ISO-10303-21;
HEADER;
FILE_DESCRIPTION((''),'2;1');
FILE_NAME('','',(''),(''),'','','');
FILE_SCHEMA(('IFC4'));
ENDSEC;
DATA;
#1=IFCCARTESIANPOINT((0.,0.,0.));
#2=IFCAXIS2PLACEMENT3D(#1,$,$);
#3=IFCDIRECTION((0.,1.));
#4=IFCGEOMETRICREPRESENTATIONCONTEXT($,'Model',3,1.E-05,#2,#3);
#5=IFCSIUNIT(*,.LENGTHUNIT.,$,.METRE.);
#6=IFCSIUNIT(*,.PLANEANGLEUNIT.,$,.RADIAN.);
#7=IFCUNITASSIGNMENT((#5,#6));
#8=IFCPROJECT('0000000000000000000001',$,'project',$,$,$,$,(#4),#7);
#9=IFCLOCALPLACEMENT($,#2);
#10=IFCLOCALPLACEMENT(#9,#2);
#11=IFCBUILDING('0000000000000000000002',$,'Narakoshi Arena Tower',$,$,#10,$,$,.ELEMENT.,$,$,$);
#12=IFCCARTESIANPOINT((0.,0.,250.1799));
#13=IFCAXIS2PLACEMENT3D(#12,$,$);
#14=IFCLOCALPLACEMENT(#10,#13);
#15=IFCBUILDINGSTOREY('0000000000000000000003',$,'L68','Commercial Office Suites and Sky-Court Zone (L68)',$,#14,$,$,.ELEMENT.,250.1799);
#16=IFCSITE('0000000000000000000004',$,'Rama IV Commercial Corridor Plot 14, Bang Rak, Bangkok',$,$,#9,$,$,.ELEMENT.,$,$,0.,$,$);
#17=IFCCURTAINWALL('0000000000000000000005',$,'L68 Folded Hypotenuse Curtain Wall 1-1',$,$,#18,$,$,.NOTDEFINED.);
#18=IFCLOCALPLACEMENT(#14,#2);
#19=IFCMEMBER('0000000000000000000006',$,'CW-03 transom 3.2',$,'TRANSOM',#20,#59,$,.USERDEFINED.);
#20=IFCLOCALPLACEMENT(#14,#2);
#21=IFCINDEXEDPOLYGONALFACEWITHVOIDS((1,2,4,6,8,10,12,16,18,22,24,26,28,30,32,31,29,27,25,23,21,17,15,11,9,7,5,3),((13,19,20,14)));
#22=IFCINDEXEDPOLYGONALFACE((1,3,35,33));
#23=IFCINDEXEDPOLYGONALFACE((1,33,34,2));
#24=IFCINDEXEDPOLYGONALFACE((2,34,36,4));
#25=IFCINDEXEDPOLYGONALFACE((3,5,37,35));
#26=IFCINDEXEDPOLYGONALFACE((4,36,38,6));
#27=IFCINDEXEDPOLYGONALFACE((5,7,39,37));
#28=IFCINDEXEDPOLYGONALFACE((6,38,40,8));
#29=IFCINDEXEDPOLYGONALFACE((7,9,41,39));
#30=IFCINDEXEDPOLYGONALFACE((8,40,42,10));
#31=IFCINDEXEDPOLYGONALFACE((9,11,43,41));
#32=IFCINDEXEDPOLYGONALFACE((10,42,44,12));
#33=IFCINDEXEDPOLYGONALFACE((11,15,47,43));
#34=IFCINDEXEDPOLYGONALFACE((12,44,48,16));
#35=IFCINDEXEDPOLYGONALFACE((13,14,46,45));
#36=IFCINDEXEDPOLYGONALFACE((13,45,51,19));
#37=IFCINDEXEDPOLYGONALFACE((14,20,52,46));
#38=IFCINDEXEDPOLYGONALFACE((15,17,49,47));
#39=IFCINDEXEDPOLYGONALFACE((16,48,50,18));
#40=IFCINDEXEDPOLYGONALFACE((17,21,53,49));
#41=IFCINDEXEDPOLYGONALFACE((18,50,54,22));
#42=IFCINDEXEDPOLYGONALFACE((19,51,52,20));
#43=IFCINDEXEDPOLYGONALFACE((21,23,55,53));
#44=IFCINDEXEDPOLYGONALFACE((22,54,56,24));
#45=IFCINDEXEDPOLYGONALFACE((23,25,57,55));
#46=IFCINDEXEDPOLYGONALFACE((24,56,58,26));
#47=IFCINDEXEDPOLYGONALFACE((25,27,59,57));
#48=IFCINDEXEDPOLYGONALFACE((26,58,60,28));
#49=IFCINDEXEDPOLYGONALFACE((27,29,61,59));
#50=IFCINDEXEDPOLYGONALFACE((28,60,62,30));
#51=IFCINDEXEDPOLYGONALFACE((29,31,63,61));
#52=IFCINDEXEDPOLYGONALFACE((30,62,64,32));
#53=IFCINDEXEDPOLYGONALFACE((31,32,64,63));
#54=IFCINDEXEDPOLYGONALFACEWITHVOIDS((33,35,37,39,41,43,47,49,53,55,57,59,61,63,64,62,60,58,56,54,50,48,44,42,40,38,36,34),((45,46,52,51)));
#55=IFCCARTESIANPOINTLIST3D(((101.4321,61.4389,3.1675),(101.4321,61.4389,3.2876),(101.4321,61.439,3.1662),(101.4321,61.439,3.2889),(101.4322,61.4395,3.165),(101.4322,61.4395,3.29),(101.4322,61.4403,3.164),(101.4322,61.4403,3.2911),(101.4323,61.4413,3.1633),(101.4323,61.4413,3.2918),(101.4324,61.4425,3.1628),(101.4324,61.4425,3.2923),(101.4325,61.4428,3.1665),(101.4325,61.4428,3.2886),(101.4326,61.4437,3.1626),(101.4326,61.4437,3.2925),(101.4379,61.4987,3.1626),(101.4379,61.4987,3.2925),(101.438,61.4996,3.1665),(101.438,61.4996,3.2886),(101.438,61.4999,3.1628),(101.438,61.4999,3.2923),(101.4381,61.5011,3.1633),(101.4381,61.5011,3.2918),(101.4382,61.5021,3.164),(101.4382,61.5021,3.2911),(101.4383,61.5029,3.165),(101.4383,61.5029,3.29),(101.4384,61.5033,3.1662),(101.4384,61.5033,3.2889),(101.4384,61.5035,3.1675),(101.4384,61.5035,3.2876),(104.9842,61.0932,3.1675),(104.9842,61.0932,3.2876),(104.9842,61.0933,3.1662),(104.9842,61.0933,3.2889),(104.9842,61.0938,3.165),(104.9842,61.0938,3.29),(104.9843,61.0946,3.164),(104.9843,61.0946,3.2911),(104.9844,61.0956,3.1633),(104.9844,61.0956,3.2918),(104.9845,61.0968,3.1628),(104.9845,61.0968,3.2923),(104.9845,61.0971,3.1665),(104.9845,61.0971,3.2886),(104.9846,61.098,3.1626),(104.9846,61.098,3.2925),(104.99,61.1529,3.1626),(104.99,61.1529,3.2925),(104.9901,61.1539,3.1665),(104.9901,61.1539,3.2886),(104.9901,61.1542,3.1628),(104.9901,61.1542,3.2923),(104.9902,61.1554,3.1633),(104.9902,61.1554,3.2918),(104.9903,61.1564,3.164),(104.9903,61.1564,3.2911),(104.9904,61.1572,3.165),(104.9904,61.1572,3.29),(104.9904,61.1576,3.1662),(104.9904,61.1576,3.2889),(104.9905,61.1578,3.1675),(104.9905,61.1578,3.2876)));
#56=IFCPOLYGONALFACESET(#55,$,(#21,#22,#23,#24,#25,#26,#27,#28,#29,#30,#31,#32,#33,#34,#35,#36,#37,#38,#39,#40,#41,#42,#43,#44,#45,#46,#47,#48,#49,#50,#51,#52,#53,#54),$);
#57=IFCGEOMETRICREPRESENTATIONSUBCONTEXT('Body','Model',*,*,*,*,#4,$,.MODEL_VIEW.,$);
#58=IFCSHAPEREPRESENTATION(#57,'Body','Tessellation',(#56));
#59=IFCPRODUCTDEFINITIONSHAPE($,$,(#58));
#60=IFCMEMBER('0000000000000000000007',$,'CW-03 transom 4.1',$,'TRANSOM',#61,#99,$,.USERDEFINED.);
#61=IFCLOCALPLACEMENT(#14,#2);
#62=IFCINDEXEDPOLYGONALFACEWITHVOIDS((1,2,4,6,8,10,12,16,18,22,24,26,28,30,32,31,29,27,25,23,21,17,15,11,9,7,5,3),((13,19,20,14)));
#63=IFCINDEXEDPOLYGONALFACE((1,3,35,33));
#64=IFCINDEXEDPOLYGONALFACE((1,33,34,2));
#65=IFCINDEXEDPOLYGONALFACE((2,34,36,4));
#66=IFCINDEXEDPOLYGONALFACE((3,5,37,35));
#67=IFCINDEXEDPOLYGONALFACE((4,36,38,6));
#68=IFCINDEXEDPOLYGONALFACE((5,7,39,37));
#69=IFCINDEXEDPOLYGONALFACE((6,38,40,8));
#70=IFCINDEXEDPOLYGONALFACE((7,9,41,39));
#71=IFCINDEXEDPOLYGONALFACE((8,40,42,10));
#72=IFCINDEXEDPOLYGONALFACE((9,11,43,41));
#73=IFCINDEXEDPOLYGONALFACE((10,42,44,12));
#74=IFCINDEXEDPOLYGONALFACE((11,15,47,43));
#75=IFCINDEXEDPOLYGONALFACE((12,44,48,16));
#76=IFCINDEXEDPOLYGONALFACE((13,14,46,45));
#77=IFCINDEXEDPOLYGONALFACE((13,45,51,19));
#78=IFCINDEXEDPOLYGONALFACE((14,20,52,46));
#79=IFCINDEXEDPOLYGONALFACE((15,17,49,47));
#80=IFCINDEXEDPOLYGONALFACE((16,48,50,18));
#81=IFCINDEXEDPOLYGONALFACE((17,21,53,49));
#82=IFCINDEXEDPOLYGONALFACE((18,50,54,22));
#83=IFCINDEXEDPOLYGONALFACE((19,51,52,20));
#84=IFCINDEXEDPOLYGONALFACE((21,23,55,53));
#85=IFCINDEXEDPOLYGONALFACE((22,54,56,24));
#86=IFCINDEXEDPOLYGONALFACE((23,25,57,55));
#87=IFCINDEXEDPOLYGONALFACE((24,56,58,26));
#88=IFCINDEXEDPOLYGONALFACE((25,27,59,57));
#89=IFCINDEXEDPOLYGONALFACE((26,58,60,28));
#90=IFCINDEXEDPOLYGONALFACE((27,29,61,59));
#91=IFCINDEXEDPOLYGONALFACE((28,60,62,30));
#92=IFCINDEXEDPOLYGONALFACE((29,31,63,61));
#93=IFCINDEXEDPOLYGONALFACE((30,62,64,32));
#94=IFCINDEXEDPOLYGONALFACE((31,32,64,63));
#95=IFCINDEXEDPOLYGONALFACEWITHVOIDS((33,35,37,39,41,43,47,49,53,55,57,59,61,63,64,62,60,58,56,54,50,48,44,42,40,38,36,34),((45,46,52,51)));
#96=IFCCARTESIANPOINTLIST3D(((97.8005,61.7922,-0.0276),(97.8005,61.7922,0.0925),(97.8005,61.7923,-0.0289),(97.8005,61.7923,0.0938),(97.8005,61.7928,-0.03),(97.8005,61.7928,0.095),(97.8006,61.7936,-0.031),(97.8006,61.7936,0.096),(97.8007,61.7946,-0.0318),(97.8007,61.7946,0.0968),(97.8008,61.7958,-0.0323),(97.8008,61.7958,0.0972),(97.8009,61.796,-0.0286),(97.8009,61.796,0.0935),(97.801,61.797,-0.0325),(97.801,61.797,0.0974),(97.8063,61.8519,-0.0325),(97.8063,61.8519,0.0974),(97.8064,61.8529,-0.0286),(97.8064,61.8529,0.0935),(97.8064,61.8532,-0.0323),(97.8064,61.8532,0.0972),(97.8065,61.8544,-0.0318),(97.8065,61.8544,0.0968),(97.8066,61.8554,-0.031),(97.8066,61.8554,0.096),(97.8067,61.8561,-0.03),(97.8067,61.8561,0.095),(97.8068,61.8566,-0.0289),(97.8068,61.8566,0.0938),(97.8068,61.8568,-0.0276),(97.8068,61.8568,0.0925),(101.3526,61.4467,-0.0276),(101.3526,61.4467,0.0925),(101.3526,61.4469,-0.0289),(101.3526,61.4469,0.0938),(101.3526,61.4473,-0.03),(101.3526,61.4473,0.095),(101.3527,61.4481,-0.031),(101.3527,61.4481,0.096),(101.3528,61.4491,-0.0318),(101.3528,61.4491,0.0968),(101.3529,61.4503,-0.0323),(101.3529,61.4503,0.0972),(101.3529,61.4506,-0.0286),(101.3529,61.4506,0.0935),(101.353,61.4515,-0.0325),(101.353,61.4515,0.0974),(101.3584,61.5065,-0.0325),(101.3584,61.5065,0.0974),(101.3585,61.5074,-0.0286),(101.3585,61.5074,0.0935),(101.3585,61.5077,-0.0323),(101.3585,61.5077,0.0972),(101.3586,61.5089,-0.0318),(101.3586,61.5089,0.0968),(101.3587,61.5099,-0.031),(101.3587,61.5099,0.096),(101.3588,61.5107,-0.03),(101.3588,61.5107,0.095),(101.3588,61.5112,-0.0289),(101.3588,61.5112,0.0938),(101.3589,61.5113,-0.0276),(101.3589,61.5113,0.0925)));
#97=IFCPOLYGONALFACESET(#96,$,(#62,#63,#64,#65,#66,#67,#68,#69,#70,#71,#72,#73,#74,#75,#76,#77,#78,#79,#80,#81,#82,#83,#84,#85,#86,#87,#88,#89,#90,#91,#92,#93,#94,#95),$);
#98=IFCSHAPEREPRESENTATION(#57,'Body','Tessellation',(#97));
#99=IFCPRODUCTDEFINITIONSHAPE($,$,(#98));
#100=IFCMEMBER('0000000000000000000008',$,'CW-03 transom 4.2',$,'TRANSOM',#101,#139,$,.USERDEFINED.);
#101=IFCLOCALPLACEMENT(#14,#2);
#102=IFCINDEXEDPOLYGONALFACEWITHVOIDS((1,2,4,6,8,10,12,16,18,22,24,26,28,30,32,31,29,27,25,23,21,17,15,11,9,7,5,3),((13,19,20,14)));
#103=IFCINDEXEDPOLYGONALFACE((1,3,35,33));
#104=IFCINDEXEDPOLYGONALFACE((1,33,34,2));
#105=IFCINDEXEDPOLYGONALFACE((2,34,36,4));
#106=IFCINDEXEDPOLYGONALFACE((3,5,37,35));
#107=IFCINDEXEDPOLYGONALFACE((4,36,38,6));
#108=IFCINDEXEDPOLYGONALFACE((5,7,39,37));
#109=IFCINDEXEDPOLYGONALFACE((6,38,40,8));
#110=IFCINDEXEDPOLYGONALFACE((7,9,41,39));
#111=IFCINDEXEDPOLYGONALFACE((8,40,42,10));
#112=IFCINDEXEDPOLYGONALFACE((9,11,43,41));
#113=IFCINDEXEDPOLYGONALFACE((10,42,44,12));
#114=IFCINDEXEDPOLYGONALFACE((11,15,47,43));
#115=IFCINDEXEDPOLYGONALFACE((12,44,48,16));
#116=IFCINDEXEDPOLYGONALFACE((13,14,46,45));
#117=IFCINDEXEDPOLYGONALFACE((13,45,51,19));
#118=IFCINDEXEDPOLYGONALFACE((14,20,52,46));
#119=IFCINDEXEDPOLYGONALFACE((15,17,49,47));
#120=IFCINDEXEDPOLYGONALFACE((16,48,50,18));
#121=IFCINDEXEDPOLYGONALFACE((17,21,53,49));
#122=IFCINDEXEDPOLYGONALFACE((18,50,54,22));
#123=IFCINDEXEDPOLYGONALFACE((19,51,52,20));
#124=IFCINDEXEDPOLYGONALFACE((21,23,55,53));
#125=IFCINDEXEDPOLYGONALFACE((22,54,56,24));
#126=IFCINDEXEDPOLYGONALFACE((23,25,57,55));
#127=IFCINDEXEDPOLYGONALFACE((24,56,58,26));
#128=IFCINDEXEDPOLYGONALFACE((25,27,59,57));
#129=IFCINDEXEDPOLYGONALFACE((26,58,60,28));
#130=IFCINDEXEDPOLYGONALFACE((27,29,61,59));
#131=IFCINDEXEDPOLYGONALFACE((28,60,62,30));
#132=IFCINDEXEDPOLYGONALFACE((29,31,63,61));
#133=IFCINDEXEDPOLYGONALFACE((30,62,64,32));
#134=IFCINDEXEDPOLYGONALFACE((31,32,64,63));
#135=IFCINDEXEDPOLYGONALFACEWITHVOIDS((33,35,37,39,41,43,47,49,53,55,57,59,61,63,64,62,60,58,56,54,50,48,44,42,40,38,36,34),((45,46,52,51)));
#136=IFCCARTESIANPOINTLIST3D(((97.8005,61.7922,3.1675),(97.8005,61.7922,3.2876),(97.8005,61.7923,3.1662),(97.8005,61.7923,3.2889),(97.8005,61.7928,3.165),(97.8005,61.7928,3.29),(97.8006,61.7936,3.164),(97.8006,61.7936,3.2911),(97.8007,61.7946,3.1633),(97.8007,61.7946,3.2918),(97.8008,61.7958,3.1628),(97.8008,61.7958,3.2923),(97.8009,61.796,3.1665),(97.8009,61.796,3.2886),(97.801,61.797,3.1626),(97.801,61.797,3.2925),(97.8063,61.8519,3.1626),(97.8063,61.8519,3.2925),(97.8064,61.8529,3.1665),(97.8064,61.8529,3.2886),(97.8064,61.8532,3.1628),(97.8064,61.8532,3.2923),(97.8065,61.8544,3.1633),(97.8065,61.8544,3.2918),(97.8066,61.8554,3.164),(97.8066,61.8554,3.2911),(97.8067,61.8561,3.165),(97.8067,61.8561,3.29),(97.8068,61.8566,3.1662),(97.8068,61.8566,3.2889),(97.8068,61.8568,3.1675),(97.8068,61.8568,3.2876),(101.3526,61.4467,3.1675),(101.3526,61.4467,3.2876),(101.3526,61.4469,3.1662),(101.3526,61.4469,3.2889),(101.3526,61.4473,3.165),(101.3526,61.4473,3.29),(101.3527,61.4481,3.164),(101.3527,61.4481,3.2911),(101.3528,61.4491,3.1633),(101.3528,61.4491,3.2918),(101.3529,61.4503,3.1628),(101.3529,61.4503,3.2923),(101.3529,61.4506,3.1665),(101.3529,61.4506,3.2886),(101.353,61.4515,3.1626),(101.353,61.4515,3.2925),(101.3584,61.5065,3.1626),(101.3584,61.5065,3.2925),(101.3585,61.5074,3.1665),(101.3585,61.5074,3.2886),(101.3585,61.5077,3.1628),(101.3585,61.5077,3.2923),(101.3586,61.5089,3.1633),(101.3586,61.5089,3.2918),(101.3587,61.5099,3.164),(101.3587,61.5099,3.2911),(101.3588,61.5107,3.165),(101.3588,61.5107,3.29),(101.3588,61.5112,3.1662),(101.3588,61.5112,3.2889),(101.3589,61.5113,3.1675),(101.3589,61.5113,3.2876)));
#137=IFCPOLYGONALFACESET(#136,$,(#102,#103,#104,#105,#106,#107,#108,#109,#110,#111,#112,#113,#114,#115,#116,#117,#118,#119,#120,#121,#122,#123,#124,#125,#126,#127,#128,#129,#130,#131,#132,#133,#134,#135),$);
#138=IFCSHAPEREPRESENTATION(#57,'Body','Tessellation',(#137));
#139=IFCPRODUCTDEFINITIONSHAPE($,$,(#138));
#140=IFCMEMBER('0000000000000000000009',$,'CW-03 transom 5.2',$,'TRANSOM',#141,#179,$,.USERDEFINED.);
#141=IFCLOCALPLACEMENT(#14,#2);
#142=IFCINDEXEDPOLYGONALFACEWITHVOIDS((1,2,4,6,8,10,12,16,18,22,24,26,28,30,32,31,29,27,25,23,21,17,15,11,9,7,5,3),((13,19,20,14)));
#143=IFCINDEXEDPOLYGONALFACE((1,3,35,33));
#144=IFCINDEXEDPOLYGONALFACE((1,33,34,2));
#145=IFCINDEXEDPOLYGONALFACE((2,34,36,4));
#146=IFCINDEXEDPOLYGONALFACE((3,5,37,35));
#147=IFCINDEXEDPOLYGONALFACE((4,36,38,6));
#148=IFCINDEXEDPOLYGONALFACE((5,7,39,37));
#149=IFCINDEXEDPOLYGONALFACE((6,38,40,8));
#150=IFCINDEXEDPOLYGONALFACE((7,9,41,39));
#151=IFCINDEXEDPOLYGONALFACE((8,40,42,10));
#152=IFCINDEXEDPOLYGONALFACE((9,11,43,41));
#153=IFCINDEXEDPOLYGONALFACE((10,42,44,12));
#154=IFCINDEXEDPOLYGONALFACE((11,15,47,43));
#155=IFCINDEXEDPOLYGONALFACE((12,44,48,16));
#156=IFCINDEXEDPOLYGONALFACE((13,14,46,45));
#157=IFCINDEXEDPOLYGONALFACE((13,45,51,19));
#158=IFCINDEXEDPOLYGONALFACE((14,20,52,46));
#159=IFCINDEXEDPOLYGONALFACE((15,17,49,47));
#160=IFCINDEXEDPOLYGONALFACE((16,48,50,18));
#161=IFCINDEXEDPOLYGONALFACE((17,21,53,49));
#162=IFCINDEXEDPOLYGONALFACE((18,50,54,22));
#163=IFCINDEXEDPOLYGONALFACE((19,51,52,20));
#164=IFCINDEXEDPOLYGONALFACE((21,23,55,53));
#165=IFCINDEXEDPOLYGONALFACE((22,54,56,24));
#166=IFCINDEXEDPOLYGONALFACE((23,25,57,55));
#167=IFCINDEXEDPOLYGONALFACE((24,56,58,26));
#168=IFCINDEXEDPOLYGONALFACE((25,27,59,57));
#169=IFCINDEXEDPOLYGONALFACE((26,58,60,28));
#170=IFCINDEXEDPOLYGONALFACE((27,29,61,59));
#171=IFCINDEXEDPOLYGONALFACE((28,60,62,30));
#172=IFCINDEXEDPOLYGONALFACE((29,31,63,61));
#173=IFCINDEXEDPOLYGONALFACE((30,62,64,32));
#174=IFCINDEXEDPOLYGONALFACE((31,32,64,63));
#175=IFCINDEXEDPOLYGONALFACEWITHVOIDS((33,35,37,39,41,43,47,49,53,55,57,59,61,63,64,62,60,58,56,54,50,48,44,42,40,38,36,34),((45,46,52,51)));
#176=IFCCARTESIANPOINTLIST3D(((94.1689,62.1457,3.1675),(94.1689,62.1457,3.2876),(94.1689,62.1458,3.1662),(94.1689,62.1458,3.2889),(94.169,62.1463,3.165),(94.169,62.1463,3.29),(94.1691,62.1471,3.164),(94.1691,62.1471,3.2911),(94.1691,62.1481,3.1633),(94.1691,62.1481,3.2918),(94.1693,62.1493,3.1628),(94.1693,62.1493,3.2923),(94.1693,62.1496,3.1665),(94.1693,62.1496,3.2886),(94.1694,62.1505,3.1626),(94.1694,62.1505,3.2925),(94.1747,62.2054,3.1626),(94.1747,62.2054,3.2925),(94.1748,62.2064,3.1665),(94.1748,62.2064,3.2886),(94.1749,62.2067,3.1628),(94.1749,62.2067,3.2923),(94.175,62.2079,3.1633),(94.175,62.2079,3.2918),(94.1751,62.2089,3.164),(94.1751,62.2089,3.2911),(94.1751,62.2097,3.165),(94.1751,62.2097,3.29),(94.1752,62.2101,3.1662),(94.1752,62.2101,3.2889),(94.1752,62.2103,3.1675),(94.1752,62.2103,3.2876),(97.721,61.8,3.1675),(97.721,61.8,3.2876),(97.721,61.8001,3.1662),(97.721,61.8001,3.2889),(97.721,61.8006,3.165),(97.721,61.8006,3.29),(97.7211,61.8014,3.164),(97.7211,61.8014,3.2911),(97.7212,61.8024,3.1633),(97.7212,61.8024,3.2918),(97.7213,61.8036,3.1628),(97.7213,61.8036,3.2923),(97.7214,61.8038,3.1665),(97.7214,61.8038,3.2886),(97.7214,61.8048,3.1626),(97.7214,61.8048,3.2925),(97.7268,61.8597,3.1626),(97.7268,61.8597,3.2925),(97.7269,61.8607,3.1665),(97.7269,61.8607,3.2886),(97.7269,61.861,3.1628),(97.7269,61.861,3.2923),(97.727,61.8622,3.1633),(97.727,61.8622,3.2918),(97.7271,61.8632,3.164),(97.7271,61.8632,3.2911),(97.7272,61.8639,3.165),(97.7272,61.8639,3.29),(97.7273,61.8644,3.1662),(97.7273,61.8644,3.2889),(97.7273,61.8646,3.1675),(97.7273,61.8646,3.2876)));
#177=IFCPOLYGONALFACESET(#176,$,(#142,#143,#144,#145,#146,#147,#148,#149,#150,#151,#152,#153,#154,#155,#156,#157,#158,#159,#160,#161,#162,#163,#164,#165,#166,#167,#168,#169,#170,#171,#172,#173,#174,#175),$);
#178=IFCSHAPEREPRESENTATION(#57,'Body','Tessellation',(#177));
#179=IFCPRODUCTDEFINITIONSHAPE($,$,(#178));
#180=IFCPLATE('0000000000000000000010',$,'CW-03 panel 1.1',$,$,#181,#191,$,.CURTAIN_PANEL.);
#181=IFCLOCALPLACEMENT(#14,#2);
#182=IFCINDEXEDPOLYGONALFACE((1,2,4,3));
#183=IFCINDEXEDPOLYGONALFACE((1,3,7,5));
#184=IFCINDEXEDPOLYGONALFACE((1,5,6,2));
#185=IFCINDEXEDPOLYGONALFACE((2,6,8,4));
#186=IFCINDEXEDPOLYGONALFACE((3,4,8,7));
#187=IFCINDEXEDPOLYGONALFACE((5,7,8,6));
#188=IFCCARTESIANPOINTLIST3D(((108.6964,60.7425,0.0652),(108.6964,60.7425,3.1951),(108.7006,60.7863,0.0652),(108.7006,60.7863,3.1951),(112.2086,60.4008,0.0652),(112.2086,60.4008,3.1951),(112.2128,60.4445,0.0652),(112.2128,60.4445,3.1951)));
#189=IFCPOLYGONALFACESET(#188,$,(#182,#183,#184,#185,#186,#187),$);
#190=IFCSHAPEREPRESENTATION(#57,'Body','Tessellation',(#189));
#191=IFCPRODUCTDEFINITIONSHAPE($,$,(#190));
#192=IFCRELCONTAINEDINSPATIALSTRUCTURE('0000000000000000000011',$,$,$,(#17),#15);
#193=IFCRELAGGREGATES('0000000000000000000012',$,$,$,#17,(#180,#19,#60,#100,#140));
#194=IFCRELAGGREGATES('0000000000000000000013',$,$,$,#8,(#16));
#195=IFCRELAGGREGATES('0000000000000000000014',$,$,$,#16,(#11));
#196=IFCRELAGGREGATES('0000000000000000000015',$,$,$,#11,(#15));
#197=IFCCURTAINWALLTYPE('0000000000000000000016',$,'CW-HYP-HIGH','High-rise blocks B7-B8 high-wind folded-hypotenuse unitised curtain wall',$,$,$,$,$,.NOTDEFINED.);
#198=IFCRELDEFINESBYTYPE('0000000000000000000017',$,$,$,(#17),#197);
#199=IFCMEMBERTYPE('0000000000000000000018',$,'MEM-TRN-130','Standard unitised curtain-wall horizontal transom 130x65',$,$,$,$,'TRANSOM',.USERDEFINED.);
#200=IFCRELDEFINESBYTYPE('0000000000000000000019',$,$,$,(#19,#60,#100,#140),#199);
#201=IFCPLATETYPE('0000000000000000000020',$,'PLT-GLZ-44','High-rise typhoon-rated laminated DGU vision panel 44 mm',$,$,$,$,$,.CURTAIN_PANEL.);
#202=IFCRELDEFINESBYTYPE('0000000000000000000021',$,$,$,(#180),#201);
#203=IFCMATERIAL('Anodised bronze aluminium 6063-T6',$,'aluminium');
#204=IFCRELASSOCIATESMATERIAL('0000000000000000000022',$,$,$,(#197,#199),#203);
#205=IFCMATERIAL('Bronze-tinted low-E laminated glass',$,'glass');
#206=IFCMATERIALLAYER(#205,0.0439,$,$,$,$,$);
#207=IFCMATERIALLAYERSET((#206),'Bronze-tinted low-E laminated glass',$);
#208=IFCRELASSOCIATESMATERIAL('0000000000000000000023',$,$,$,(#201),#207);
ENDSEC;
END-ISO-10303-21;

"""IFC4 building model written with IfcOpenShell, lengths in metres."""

from ifc_helpers import new_model, si_unit, direction, frame, origin, origin_2d, place, context, subcontext, project, spatial, rectangle, hollow_rectangle, extrude, material, layer, layer_set, material_profile, profile_set, type_object, element, aggregate, save


model = new_model("IFC4")

# Units and contexts
model_context = context("Model", 3, precision=1e-05, world=origin(), true_north=direction((0.0, 1.0)))
body_context = subcontext(model_context, "Body", "Model", "MODEL_VIEW")
ifc_project = project(units=[si_unit("LENGTHUNIT", "METRE"), si_unit("PLANEANGLEUNIT", "RADIAN")], contexts=[model_context])

# Site, building, storey
site_placement = place(None, origin())
site = spatial("IfcSite", under=ifc_project, at=site_placement, Name="Rama IV Commercial Corridor Plot 14, Bang Rak, Bangkok", CompositionType="ELEMENT", RefElevation=0.0)
building_placement = place(site_placement, origin())
building = spatial("IfcBuilding", under=site, at=building_placement, Name="Narakoshi Arena Tower", CompositionType="ELEMENT")
storey_placement = place(building_placement, frame((0.0, 0.0, 250.1799)))
storey = spatial("IfcBuildingStorey", under=building, at=storey_placement, Name="L68", Description="Commercial Office Suites and Sky-Court Zone (L68)", CompositionType="ELEMENT", Elevation=250.1799)

# Curtain wall, members, plate
ifc_material_1 = material(Name="Anodised bronze aluminium 6063-T6", Category="aluminium")
curtain_wall_type = type_object("IfcCurtainWallType", Name="CW-HYP-HIGH", Description="High-rise blocks B7-B8 high-wind folded-hypotenuse unitised curtain wall", PredefinedType="NOTDEFINED", material=ifc_material_1)
curtain_wall_placement = place(storey_placement, origin())
curtain_wall = element("IfcCurtainWall", 1, at=curtain_wall_placement, inside=storey, type_object=curtain_wall_type, Name="L68 Folded Hypotenuse Curtain Wall 1-1", PredefinedType="NOTDEFINED")
ifc_material_profile_1 = material_profile(ifc_material_1, hollow_rectangle(XDim=0.0649, YDim=0.1299, WallThickness=0.0039, OuterFilletRadius=0.0049, at=origin_2d()), Name="TRN130x65x4")
ifc_profile_set_1 = profile_set([ifc_material_profile_1], Name="Anodised bronze aluminium 6063-T6")
member_type_1 = type_object("IfcMemberType", Name="MEM-TRN-130", Description="Standard unitised curtain-wall horizontal transom 130x65", ElementType="TRANSOM", PredefinedType="USERDEFINED", material=ifc_profile_set_1)
member_1_placement = place(storey_placement, frame((104.9873, 61.1255, 3.2275), z_axis=(-0.995297, 0.096869, 0.0), x_axis=(-0.096869, -0.995297, 0.0)))
member_1 = element("IfcMember", 2, at=member_1_placement, type_object=member_type_1, Name="CW-03 transom 3.2", ObjectType="TRANSOM", PredefinedType="USERDEFINED", context=body_context, shape_type="SweptSolid", body=[
    extrude(hollow_rectangle(XDim=0.0649, YDim=0.1299, WallThickness=0.0039, OuterFilletRadius=0.0049, at=origin_2d()), origin(), (0.0, 0.0, 1.0), 3.5688),
])
member_2_placement = place(storey_placement, frame((101.3557, 61.479, 0.0325), z_axis=(-0.995304, 0.096801, 0.0), x_axis=(-0.096801, -0.995304, 0.0)))
member_2 = element("IfcMember", 3, at=member_2_placement, type_object=member_type_1, Name="CW-03 transom 4.1", ObjectType="TRANSOM", PredefinedType="USERDEFINED", context=body_context, shape_type="SweptSolid", body=[
    extrude(hollow_rectangle(XDim=0.0649, YDim=0.1299, WallThickness=0.0039, OuterFilletRadius=0.0049, at=origin_2d()), origin(), (0.0, 0.0, 1.0), 3.5688),
])
member_3_placement = place(storey_placement, frame((101.3557, 61.479, 3.2275), z_axis=(-0.995304, 0.096801, 0.0), x_axis=(-0.096801, -0.995304, 0.0)))
member_3 = element("IfcMember", 4, at=member_3_placement, type_object=member_type_1, Name="CW-03 transom 4.2", ObjectType="TRANSOM", PredefinedType="USERDEFINED", context=body_context, shape_type="SweptSolid", body=[
    extrude(hollow_rectangle(XDim=0.0649, YDim=0.1299, WallThickness=0.0039, OuterFilletRadius=0.0049, at=origin_2d()), origin(), (0.0, 0.0, 1.0), 3.5688),
])
member_4_placement = place(storey_placement, frame((97.7241, 61.8323, 3.2275), z_axis=(-0.995297, 0.096869, 0.0), x_axis=(-0.096869, -0.995297, 0.0)))
member_4 = element("IfcMember", 5, at=member_4_placement, type_object=member_type_1, Name="CW-03 transom 5.2", ObjectType="TRANSOM", PredefinedType="USERDEFINED", context=body_context, shape_type="SweptSolid", body=[
    extrude(hollow_rectangle(XDim=0.0649, YDim=0.1299, WallThickness=0.0039, OuterFilletRadius=0.0049, at=origin_2d()), origin(), (0.0, 0.0, 1.0), 3.5688),
])
ifc_material_2 = material(Name="Bronze-tinted low-E laminated glass", Category="glass")
ifc_layer_1 = layer(ifc_material_2, 0.0439)
ifc_layer_set_1 = layer_set([ifc_layer_1], Name="Bronze-tinted low-E laminated glass")
plate_type = type_object("IfcPlateType", Name="PLT-GLZ-44", Description="High-rise typhoon-rated laminated DGU vision panel 44 mm", PredefinedType="CURTAIN_PANEL", material=ifc_layer_set_1)
plate_1_placement = place(storey_placement, frame((110.4546, 60.5935, 0.0652), z_axis=(0.0, 0.0, 1.0), x_axis=(-0.995299, 0.096851, 0.0)))
plate_1 = element("IfcPlate", 6, at=plate_1_placement, type_object=plate_type, Name="CW-03 panel 1.1", PredefinedType="CURTAIN_PANEL", context=body_context, shape_type="SweptSolid", body=[
    extrude(rectangle(XDim=3.5288, YDim=0.0439, at=origin_2d()), origin(), (0.0, 0.0, 1.0), 3.1299),
])
aggregate(curtain_wall, [plate_1, member_1, member_2, member_3, member_4])

save(model, "model.ifc")
